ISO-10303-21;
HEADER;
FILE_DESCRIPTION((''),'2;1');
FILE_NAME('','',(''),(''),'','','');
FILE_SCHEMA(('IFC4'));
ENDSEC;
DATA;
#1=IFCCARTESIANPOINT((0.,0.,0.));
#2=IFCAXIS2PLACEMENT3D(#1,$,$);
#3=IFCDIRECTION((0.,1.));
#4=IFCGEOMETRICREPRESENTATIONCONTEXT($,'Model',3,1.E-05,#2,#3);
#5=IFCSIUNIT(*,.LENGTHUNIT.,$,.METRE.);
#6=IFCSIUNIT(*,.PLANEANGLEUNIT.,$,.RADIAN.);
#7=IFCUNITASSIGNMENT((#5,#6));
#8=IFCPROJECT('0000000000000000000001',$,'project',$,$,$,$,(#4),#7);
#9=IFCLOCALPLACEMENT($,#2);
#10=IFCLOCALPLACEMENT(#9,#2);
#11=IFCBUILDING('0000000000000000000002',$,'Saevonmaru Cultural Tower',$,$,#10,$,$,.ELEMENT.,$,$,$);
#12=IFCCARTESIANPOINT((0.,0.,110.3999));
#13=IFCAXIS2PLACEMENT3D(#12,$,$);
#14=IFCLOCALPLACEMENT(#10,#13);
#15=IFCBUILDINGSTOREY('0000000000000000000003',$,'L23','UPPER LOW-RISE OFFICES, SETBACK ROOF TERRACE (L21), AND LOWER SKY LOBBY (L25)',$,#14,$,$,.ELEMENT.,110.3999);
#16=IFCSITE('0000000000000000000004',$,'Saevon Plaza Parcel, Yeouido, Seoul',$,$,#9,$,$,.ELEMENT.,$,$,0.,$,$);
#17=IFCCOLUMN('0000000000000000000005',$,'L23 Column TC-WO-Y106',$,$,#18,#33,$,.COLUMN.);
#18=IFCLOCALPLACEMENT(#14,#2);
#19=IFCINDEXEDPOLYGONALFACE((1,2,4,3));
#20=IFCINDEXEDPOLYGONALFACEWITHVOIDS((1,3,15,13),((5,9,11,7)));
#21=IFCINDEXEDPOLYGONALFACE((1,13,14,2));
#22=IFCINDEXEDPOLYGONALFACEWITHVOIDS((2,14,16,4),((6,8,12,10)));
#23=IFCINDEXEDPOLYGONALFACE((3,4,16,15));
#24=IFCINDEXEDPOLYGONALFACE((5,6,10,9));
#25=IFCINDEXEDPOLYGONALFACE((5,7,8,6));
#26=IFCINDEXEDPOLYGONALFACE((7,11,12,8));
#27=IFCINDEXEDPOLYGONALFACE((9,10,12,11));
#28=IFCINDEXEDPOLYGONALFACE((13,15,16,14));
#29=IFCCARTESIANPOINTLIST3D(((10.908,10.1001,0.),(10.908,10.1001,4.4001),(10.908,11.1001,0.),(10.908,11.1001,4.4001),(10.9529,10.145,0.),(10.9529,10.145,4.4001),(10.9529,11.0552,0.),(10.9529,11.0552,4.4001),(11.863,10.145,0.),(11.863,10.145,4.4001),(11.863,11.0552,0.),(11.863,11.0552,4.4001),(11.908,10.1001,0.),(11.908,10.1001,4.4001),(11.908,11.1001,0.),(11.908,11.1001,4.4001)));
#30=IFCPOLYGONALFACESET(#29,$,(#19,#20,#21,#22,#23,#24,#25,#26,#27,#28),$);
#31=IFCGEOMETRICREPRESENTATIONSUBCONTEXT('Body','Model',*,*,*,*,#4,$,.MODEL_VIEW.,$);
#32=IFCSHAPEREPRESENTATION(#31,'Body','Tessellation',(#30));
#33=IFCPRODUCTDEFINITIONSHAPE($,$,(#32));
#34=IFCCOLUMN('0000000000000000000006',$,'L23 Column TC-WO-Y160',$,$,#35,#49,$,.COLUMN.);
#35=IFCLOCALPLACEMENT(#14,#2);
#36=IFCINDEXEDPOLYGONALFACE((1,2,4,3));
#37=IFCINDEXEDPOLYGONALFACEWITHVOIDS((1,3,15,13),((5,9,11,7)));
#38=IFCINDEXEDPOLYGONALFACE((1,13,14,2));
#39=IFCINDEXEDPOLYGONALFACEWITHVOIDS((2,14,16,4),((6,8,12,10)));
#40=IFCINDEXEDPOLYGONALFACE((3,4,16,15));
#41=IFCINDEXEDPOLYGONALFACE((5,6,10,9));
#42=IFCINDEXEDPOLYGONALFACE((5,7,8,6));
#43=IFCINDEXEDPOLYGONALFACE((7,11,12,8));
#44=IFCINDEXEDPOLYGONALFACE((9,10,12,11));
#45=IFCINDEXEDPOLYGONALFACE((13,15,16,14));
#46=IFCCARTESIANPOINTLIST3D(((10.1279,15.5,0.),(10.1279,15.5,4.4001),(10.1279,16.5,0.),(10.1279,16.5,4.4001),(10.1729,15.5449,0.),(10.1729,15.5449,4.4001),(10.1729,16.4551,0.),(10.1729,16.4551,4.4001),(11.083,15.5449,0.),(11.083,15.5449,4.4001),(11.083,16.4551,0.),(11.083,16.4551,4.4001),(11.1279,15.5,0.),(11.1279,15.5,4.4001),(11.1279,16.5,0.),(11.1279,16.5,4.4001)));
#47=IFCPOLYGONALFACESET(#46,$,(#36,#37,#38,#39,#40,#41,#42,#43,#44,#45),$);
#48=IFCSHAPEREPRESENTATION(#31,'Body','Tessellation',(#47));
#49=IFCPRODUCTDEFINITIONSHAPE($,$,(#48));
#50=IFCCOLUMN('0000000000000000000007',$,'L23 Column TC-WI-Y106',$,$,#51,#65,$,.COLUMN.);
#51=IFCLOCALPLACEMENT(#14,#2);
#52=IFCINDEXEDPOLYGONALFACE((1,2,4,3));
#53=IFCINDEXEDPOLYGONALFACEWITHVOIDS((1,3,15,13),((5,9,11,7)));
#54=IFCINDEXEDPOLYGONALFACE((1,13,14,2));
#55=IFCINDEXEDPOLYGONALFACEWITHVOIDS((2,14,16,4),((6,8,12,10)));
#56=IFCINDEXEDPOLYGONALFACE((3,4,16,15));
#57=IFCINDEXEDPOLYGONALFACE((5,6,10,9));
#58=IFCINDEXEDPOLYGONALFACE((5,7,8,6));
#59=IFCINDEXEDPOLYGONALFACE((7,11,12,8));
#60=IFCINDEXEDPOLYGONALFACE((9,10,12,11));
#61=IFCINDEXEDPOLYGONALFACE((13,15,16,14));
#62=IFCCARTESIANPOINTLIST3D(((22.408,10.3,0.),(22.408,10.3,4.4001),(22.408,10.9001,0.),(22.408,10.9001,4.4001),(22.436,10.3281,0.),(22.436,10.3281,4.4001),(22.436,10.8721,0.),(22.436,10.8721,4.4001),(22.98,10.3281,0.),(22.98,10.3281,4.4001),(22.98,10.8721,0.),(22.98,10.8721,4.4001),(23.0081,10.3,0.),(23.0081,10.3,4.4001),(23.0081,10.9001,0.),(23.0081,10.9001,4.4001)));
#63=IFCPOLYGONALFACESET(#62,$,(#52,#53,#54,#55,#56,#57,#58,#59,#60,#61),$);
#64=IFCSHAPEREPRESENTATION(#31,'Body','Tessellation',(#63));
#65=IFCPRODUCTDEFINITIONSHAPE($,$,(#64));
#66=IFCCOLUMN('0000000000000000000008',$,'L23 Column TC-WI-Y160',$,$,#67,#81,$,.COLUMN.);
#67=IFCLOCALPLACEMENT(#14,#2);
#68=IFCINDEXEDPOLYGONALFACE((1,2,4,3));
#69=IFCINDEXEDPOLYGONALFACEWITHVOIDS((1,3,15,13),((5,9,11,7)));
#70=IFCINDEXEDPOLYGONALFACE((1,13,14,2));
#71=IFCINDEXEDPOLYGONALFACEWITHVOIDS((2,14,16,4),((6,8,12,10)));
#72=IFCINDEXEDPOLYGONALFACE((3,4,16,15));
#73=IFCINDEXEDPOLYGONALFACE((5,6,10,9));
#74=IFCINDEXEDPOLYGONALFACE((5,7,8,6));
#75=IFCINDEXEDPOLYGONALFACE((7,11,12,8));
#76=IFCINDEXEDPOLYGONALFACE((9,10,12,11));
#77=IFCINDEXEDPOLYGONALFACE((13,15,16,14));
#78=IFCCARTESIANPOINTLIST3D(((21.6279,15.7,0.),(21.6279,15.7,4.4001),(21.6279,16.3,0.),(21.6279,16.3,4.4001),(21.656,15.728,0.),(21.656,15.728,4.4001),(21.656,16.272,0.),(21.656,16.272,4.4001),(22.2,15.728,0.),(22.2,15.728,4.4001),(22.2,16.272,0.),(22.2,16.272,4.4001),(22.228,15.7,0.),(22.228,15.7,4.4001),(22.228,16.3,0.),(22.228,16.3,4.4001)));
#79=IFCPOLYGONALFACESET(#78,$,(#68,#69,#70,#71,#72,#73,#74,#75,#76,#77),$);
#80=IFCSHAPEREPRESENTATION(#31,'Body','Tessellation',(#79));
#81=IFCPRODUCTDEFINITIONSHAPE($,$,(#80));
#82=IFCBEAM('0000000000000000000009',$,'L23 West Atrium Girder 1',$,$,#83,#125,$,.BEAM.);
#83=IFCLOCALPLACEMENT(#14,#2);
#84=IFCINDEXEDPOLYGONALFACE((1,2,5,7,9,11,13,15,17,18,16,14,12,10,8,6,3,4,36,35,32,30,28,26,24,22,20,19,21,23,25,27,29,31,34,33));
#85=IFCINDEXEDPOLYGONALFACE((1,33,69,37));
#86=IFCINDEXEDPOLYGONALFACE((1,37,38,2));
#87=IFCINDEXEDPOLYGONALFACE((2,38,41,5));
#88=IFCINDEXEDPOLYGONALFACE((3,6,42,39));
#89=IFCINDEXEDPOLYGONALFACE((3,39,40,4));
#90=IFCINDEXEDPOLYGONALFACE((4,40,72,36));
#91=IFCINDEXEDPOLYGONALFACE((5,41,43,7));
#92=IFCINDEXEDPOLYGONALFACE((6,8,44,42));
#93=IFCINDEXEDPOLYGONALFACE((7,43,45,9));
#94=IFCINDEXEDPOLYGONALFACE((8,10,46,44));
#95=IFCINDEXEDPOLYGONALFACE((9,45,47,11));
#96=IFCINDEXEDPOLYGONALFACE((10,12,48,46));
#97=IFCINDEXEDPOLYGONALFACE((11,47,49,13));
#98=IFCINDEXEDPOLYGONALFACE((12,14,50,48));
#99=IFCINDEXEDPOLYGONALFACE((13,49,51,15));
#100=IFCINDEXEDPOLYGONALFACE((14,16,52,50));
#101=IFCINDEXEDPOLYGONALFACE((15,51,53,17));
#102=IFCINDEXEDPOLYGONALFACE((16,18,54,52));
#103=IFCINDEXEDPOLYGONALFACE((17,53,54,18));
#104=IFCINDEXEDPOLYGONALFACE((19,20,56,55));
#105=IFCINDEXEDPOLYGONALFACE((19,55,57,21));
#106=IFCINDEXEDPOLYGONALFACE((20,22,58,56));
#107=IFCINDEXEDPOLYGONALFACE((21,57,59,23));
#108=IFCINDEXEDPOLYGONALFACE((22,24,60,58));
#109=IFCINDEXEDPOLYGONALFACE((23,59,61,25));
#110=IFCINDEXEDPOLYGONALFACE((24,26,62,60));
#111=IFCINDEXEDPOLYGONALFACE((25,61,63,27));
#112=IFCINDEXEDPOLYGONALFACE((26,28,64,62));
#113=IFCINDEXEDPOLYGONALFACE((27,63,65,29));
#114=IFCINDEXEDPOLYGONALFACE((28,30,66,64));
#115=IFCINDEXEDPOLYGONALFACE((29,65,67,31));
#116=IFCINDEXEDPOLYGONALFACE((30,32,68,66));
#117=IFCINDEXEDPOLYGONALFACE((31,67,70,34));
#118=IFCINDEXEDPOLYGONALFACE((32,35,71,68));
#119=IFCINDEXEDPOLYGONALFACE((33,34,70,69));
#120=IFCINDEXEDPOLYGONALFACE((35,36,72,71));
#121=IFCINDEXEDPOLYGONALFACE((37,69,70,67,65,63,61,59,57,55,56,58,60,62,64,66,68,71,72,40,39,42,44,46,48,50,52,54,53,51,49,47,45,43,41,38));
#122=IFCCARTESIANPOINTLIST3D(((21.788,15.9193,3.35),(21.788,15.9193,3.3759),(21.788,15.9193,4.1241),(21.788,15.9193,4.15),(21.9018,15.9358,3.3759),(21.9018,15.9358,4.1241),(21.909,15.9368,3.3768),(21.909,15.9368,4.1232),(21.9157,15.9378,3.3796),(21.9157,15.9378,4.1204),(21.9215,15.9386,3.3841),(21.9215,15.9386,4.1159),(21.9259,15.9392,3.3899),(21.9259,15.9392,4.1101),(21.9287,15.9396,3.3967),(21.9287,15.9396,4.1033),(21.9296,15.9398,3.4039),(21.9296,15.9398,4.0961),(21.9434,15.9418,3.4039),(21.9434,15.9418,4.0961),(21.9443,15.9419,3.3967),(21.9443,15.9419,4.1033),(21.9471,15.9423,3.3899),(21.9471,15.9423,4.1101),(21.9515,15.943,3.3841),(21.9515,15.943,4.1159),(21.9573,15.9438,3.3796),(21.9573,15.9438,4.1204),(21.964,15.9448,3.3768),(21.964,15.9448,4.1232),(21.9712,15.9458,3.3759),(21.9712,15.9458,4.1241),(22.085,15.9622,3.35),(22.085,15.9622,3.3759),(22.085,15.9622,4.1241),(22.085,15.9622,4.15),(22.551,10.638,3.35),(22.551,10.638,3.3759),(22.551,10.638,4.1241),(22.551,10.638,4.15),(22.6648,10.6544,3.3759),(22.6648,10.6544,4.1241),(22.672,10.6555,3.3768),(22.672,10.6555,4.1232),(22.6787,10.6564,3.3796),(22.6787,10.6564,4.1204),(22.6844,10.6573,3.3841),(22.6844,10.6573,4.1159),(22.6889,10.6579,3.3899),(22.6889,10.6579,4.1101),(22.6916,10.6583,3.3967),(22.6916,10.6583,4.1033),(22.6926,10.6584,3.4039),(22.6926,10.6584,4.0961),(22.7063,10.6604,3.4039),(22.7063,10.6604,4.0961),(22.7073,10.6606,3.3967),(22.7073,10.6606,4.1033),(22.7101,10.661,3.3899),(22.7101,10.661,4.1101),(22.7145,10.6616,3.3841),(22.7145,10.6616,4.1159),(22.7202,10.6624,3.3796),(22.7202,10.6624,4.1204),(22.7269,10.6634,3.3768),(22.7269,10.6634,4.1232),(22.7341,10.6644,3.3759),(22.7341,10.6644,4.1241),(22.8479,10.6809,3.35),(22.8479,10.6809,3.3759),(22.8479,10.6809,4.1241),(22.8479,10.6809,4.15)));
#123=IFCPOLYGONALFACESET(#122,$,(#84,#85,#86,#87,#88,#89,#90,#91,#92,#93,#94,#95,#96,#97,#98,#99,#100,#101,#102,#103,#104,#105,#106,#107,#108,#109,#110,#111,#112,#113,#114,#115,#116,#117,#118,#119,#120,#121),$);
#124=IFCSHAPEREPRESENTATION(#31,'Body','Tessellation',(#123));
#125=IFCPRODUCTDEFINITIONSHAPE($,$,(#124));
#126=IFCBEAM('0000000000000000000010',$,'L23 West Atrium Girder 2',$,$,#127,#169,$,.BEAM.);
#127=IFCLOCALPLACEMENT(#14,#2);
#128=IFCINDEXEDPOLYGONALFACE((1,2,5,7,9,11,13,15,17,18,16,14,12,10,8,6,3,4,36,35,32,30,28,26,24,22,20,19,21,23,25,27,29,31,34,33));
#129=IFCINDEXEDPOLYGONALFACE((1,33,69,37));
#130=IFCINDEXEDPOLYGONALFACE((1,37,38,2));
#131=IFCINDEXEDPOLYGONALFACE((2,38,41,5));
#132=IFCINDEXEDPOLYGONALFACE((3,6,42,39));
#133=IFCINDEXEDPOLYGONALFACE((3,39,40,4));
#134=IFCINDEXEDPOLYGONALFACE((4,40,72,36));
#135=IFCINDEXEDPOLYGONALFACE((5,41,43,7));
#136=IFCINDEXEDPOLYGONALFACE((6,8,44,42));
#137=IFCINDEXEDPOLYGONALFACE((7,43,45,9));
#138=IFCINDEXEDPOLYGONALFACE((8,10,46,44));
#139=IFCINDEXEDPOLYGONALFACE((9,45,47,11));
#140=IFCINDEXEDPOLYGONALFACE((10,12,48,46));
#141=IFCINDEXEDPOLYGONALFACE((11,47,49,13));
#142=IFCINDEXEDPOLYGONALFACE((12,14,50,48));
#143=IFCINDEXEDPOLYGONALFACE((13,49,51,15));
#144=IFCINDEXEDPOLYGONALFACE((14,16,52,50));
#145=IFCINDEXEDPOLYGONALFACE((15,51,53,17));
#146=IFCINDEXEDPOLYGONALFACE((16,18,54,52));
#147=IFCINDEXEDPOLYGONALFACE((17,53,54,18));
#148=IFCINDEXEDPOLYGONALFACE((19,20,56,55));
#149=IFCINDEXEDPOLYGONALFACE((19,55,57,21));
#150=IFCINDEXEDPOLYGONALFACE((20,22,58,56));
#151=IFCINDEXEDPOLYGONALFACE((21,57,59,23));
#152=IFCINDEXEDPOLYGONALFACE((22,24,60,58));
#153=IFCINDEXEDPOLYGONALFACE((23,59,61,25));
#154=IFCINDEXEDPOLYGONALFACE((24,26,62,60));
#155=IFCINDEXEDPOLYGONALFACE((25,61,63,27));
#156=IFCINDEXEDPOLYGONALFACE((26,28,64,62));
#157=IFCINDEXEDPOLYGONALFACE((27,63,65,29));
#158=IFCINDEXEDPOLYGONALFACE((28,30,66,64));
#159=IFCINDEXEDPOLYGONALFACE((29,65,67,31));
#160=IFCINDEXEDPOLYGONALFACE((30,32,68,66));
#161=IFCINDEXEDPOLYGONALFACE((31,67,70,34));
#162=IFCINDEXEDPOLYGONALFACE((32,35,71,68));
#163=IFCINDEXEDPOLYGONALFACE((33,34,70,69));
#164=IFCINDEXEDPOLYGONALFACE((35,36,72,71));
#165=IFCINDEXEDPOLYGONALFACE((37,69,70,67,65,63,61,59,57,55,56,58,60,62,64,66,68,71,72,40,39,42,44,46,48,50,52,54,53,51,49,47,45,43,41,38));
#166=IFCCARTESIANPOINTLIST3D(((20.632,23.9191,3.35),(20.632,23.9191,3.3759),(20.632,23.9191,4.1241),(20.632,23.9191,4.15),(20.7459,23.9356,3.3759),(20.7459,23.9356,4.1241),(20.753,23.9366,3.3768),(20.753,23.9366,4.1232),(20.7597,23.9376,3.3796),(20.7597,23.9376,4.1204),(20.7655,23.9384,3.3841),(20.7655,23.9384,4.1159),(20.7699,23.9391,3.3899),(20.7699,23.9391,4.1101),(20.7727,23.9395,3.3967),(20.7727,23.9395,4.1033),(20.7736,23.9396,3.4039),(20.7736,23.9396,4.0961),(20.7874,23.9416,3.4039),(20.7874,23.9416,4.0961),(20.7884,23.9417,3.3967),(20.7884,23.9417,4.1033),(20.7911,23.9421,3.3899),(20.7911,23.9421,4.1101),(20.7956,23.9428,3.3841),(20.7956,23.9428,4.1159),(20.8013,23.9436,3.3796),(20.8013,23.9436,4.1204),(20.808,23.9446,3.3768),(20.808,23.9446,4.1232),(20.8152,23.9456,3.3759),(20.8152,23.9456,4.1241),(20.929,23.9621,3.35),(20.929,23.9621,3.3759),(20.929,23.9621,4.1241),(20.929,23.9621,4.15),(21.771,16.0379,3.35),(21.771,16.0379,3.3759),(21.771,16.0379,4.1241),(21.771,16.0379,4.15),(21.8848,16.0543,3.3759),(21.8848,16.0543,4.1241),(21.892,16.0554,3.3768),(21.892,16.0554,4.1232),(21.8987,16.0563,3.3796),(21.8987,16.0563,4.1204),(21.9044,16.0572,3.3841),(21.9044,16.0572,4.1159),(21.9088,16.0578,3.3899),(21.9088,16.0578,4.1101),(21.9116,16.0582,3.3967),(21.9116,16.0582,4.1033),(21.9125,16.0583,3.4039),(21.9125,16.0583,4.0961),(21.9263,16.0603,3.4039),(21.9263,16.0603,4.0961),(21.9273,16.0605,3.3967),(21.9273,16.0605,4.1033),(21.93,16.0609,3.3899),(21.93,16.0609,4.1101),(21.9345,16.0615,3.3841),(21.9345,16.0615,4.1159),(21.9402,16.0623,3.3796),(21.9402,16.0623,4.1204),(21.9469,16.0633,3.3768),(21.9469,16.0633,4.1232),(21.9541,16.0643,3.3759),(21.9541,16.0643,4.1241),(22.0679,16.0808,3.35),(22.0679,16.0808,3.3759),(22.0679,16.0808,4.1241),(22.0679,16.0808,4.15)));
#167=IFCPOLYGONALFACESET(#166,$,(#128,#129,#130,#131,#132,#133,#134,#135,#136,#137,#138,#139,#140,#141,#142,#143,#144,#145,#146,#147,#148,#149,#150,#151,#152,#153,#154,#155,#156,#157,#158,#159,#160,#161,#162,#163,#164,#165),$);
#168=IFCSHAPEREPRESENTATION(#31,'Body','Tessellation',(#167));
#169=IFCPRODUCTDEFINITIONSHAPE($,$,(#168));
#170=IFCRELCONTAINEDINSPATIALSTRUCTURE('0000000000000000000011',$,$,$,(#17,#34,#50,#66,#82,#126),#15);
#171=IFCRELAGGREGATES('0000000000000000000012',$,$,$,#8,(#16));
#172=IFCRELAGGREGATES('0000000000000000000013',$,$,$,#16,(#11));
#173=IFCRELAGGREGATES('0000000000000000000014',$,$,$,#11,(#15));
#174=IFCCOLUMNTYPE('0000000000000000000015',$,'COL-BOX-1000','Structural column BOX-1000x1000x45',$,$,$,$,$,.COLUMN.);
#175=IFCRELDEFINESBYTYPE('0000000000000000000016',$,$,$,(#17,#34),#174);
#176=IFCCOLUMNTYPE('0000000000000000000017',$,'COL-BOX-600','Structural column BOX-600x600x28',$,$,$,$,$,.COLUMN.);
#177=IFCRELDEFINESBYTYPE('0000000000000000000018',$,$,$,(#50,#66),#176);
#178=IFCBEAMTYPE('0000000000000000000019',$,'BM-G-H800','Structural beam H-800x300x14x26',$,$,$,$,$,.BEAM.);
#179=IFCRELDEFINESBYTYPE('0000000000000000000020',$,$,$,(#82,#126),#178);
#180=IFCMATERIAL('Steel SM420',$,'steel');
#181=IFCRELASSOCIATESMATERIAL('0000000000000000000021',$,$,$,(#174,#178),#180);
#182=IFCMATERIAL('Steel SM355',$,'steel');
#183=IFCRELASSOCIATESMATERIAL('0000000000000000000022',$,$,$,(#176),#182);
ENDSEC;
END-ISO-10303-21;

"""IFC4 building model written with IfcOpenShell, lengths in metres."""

from ifc_helpers import new_model, si_unit, direction, frame, origin, origin_2d, place, context, subcontext, project, spatial, hollow_rectangle, i_section, extrude, material, material_profile, profile_set, type_object, element, save


model = new_model("IFC4")

# Units and contexts
model_context = context("Model", 3, precision=1e-05, world=origin(), true_north=direction((0.0, 1.0)))
body_context = subcontext(model_context, "Body", "Model", "MODEL_VIEW")
ifc_project = project(units=[si_unit("LENGTHUNIT", "METRE"), si_unit("PLANEANGLEUNIT", "RADIAN")], contexts=[model_context])

# Site, building, storey
site_placement = place(None, origin())
site = spatial("IfcSite", under=ifc_project, at=site_placement, Name="Saevon Plaza Parcel, Yeouido, Seoul", CompositionType="ELEMENT", RefElevation=0.0)
building_placement = place(site_placement, origin())
building = spatial("IfcBuilding", under=site, at=building_placement, Name="Saevonmaru Cultural Tower", CompositionType="ELEMENT")
storey_placement = place(building_placement, frame((0.0, 0.0, 110.3999)))
storey = spatial("IfcBuildingStorey", under=building, at=storey_placement, Name="L23", Description="UPPER LOW-RISE OFFICES, SETBACK ROOF TERRACE (L21), AND LOWER SKY LOBBY (L25)", CompositionType="ELEMENT", Elevation=110.3999)

# Columns
ifc_material_1 = material(Name="Steel SM420", Category="steel")
ifc_material_profile_1 = material_profile(ifc_material_1, hollow_rectangle(XDim=1.0, YDim=1.0, WallThickness=0.0449, at=origin_2d()), Name="BOX-1000x1000x45")
ifc_profile_set_1 = profile_set([ifc_material_profile_1], Name="Steel SM420")
column_type_1 = type_object("IfcColumnType", Name="COL-BOX-1000", Description="Structural column BOX-1000x1000x45", PredefinedType="COLUMN", material=ifc_profile_set_1)
for number, where, z_axis, x_axis, name in (
    (1, (11.408, 10.6001, 0.0), (0.0, 0.0, 1.0), (1.0, 0.0, 0.0), "L23 Column TC-WO-Y106"),
    (2, (10.6279, 16.0, 0.0), (0.0, 0.0, 1.0), (1.0, 0.0, 0.0), "L23 Column TC-WO-Y160"),
):
    element("IfcColumn", number, at=place(storey_placement, frame(where, z_axis=z_axis, x_axis=x_axis)), inside=storey, type_object=column_type_1, Name=name, PredefinedType="COLUMN", context=body_context, shape_type="SweptSolid", body=[
        extrude(hollow_rectangle(XDim=1.0, YDim=1.0, WallThickness=0.0449, at=origin_2d()), origin(), (0.0, 0.0, 1.0), 4.4001),
    ])
ifc_material_2 = material(Name="Steel SM355", Category="steel")
ifc_material_profile_2 = material_profile(ifc_material_2, hollow_rectangle(XDim=0.6001, YDim=0.6001, WallThickness=0.0281, at=origin_2d()), Name="BOX-600x600x28")
ifc_profile_set_2 = profile_set([ifc_material_profile_2], Name="Steel SM355")
column_type_2 = type_object("IfcColumnType", Name="COL-BOX-600", Description="Structural column BOX-600x600x28", PredefinedType="COLUMN", material=ifc_profile_set_2)
for number, where, z_axis, x_axis, name in (
    (3, (22.708, 10.6001, 0.0), (0.0, 0.0, 1.0), (1.0, 0.0, 0.0), "L23 Column TC-WI-Y106"),
    (4, (21.928, 16.0, 0.0), (0.0, 0.0, 1.0), (1.0, 0.0, 0.0), "L23 Column TC-WI-Y160"),
):
    element("IfcColumn", number, at=place(storey_placement, frame(where, z_axis=z_axis, x_axis=x_axis)), inside=storey, type_object=column_type_2, Name=name, PredefinedType="COLUMN", context=body_context, shape_type="SweptSolid", body=[
        extrude(hollow_rectangle(XDim=0.6001, YDim=0.6001, WallThickness=0.0281, at=origin_2d()), origin(), (0.0, 0.0, 1.0), 4.4001),
    ])

# Beams
ifc_material_profile_3 = material_profile(ifc_material_1, i_section(OverallWidth=0.3, OverallDepth=0.8, WebThickness=0.0139, FlangeThickness=0.0259, FilletRadius=0.0281, at=origin_2d()), Name="H-800x300x14x26")
ifc_profile_set_3 = profile_set([ifc_material_profile_3], Name="Steel SM420")
beam_type_1 = type_object("IfcBeamType", Name="BM-G-H800", Description="Structural beam H-800x300x14x26", PredefinedType="BEAM", material=ifc_profile_set_3)
beam_1_placement = place(storey_placement, frame((22.6995, 10.6594, 3.75), z_axis=(-0.142978, 0.989726, 0.0), x_axis=(-0.989726, -0.142978, 0.0)))
element("IfcBeam", 5, at=beam_1_placement, inside=storey, type_object=beam_type_1, Name="L23 West Atrium Girder 1", PredefinedType="BEAM", context=body_context, shape_type="SweptSolid", body=[
    extrude(i_section(OverallWidth=0.3, OverallDepth=0.8, WebThickness=0.0139, FlangeThickness=0.0259, FilletRadius=0.0281, at=origin_2d()), origin(), (0.0, 0.0, 1.0), 5.3362),
])
beam_2_placement = place(storey_placement, frame((21.9194, 16.0593, 3.75), z_axis=(-0.143022, 0.989719, 0.0), x_axis=(-0.989719, -0.143022, 0.0)))
element("IfcBeam", 6, at=beam_2_placement, inside=storey, type_object=beam_type_1, Name="L23 West Atrium Girder 2", PredefinedType="BEAM", context=body_context, shape_type="SweptSolid", body=[
    extrude(i_section(OverallWidth=0.3, OverallDepth=0.8, WebThickness=0.0139, FlangeThickness=0.0259, FilletRadius=0.0281, at=origin_2d()), origin(), (0.0, 0.0, 1.0), 7.9631),
])

save(model, "model.ifc")
